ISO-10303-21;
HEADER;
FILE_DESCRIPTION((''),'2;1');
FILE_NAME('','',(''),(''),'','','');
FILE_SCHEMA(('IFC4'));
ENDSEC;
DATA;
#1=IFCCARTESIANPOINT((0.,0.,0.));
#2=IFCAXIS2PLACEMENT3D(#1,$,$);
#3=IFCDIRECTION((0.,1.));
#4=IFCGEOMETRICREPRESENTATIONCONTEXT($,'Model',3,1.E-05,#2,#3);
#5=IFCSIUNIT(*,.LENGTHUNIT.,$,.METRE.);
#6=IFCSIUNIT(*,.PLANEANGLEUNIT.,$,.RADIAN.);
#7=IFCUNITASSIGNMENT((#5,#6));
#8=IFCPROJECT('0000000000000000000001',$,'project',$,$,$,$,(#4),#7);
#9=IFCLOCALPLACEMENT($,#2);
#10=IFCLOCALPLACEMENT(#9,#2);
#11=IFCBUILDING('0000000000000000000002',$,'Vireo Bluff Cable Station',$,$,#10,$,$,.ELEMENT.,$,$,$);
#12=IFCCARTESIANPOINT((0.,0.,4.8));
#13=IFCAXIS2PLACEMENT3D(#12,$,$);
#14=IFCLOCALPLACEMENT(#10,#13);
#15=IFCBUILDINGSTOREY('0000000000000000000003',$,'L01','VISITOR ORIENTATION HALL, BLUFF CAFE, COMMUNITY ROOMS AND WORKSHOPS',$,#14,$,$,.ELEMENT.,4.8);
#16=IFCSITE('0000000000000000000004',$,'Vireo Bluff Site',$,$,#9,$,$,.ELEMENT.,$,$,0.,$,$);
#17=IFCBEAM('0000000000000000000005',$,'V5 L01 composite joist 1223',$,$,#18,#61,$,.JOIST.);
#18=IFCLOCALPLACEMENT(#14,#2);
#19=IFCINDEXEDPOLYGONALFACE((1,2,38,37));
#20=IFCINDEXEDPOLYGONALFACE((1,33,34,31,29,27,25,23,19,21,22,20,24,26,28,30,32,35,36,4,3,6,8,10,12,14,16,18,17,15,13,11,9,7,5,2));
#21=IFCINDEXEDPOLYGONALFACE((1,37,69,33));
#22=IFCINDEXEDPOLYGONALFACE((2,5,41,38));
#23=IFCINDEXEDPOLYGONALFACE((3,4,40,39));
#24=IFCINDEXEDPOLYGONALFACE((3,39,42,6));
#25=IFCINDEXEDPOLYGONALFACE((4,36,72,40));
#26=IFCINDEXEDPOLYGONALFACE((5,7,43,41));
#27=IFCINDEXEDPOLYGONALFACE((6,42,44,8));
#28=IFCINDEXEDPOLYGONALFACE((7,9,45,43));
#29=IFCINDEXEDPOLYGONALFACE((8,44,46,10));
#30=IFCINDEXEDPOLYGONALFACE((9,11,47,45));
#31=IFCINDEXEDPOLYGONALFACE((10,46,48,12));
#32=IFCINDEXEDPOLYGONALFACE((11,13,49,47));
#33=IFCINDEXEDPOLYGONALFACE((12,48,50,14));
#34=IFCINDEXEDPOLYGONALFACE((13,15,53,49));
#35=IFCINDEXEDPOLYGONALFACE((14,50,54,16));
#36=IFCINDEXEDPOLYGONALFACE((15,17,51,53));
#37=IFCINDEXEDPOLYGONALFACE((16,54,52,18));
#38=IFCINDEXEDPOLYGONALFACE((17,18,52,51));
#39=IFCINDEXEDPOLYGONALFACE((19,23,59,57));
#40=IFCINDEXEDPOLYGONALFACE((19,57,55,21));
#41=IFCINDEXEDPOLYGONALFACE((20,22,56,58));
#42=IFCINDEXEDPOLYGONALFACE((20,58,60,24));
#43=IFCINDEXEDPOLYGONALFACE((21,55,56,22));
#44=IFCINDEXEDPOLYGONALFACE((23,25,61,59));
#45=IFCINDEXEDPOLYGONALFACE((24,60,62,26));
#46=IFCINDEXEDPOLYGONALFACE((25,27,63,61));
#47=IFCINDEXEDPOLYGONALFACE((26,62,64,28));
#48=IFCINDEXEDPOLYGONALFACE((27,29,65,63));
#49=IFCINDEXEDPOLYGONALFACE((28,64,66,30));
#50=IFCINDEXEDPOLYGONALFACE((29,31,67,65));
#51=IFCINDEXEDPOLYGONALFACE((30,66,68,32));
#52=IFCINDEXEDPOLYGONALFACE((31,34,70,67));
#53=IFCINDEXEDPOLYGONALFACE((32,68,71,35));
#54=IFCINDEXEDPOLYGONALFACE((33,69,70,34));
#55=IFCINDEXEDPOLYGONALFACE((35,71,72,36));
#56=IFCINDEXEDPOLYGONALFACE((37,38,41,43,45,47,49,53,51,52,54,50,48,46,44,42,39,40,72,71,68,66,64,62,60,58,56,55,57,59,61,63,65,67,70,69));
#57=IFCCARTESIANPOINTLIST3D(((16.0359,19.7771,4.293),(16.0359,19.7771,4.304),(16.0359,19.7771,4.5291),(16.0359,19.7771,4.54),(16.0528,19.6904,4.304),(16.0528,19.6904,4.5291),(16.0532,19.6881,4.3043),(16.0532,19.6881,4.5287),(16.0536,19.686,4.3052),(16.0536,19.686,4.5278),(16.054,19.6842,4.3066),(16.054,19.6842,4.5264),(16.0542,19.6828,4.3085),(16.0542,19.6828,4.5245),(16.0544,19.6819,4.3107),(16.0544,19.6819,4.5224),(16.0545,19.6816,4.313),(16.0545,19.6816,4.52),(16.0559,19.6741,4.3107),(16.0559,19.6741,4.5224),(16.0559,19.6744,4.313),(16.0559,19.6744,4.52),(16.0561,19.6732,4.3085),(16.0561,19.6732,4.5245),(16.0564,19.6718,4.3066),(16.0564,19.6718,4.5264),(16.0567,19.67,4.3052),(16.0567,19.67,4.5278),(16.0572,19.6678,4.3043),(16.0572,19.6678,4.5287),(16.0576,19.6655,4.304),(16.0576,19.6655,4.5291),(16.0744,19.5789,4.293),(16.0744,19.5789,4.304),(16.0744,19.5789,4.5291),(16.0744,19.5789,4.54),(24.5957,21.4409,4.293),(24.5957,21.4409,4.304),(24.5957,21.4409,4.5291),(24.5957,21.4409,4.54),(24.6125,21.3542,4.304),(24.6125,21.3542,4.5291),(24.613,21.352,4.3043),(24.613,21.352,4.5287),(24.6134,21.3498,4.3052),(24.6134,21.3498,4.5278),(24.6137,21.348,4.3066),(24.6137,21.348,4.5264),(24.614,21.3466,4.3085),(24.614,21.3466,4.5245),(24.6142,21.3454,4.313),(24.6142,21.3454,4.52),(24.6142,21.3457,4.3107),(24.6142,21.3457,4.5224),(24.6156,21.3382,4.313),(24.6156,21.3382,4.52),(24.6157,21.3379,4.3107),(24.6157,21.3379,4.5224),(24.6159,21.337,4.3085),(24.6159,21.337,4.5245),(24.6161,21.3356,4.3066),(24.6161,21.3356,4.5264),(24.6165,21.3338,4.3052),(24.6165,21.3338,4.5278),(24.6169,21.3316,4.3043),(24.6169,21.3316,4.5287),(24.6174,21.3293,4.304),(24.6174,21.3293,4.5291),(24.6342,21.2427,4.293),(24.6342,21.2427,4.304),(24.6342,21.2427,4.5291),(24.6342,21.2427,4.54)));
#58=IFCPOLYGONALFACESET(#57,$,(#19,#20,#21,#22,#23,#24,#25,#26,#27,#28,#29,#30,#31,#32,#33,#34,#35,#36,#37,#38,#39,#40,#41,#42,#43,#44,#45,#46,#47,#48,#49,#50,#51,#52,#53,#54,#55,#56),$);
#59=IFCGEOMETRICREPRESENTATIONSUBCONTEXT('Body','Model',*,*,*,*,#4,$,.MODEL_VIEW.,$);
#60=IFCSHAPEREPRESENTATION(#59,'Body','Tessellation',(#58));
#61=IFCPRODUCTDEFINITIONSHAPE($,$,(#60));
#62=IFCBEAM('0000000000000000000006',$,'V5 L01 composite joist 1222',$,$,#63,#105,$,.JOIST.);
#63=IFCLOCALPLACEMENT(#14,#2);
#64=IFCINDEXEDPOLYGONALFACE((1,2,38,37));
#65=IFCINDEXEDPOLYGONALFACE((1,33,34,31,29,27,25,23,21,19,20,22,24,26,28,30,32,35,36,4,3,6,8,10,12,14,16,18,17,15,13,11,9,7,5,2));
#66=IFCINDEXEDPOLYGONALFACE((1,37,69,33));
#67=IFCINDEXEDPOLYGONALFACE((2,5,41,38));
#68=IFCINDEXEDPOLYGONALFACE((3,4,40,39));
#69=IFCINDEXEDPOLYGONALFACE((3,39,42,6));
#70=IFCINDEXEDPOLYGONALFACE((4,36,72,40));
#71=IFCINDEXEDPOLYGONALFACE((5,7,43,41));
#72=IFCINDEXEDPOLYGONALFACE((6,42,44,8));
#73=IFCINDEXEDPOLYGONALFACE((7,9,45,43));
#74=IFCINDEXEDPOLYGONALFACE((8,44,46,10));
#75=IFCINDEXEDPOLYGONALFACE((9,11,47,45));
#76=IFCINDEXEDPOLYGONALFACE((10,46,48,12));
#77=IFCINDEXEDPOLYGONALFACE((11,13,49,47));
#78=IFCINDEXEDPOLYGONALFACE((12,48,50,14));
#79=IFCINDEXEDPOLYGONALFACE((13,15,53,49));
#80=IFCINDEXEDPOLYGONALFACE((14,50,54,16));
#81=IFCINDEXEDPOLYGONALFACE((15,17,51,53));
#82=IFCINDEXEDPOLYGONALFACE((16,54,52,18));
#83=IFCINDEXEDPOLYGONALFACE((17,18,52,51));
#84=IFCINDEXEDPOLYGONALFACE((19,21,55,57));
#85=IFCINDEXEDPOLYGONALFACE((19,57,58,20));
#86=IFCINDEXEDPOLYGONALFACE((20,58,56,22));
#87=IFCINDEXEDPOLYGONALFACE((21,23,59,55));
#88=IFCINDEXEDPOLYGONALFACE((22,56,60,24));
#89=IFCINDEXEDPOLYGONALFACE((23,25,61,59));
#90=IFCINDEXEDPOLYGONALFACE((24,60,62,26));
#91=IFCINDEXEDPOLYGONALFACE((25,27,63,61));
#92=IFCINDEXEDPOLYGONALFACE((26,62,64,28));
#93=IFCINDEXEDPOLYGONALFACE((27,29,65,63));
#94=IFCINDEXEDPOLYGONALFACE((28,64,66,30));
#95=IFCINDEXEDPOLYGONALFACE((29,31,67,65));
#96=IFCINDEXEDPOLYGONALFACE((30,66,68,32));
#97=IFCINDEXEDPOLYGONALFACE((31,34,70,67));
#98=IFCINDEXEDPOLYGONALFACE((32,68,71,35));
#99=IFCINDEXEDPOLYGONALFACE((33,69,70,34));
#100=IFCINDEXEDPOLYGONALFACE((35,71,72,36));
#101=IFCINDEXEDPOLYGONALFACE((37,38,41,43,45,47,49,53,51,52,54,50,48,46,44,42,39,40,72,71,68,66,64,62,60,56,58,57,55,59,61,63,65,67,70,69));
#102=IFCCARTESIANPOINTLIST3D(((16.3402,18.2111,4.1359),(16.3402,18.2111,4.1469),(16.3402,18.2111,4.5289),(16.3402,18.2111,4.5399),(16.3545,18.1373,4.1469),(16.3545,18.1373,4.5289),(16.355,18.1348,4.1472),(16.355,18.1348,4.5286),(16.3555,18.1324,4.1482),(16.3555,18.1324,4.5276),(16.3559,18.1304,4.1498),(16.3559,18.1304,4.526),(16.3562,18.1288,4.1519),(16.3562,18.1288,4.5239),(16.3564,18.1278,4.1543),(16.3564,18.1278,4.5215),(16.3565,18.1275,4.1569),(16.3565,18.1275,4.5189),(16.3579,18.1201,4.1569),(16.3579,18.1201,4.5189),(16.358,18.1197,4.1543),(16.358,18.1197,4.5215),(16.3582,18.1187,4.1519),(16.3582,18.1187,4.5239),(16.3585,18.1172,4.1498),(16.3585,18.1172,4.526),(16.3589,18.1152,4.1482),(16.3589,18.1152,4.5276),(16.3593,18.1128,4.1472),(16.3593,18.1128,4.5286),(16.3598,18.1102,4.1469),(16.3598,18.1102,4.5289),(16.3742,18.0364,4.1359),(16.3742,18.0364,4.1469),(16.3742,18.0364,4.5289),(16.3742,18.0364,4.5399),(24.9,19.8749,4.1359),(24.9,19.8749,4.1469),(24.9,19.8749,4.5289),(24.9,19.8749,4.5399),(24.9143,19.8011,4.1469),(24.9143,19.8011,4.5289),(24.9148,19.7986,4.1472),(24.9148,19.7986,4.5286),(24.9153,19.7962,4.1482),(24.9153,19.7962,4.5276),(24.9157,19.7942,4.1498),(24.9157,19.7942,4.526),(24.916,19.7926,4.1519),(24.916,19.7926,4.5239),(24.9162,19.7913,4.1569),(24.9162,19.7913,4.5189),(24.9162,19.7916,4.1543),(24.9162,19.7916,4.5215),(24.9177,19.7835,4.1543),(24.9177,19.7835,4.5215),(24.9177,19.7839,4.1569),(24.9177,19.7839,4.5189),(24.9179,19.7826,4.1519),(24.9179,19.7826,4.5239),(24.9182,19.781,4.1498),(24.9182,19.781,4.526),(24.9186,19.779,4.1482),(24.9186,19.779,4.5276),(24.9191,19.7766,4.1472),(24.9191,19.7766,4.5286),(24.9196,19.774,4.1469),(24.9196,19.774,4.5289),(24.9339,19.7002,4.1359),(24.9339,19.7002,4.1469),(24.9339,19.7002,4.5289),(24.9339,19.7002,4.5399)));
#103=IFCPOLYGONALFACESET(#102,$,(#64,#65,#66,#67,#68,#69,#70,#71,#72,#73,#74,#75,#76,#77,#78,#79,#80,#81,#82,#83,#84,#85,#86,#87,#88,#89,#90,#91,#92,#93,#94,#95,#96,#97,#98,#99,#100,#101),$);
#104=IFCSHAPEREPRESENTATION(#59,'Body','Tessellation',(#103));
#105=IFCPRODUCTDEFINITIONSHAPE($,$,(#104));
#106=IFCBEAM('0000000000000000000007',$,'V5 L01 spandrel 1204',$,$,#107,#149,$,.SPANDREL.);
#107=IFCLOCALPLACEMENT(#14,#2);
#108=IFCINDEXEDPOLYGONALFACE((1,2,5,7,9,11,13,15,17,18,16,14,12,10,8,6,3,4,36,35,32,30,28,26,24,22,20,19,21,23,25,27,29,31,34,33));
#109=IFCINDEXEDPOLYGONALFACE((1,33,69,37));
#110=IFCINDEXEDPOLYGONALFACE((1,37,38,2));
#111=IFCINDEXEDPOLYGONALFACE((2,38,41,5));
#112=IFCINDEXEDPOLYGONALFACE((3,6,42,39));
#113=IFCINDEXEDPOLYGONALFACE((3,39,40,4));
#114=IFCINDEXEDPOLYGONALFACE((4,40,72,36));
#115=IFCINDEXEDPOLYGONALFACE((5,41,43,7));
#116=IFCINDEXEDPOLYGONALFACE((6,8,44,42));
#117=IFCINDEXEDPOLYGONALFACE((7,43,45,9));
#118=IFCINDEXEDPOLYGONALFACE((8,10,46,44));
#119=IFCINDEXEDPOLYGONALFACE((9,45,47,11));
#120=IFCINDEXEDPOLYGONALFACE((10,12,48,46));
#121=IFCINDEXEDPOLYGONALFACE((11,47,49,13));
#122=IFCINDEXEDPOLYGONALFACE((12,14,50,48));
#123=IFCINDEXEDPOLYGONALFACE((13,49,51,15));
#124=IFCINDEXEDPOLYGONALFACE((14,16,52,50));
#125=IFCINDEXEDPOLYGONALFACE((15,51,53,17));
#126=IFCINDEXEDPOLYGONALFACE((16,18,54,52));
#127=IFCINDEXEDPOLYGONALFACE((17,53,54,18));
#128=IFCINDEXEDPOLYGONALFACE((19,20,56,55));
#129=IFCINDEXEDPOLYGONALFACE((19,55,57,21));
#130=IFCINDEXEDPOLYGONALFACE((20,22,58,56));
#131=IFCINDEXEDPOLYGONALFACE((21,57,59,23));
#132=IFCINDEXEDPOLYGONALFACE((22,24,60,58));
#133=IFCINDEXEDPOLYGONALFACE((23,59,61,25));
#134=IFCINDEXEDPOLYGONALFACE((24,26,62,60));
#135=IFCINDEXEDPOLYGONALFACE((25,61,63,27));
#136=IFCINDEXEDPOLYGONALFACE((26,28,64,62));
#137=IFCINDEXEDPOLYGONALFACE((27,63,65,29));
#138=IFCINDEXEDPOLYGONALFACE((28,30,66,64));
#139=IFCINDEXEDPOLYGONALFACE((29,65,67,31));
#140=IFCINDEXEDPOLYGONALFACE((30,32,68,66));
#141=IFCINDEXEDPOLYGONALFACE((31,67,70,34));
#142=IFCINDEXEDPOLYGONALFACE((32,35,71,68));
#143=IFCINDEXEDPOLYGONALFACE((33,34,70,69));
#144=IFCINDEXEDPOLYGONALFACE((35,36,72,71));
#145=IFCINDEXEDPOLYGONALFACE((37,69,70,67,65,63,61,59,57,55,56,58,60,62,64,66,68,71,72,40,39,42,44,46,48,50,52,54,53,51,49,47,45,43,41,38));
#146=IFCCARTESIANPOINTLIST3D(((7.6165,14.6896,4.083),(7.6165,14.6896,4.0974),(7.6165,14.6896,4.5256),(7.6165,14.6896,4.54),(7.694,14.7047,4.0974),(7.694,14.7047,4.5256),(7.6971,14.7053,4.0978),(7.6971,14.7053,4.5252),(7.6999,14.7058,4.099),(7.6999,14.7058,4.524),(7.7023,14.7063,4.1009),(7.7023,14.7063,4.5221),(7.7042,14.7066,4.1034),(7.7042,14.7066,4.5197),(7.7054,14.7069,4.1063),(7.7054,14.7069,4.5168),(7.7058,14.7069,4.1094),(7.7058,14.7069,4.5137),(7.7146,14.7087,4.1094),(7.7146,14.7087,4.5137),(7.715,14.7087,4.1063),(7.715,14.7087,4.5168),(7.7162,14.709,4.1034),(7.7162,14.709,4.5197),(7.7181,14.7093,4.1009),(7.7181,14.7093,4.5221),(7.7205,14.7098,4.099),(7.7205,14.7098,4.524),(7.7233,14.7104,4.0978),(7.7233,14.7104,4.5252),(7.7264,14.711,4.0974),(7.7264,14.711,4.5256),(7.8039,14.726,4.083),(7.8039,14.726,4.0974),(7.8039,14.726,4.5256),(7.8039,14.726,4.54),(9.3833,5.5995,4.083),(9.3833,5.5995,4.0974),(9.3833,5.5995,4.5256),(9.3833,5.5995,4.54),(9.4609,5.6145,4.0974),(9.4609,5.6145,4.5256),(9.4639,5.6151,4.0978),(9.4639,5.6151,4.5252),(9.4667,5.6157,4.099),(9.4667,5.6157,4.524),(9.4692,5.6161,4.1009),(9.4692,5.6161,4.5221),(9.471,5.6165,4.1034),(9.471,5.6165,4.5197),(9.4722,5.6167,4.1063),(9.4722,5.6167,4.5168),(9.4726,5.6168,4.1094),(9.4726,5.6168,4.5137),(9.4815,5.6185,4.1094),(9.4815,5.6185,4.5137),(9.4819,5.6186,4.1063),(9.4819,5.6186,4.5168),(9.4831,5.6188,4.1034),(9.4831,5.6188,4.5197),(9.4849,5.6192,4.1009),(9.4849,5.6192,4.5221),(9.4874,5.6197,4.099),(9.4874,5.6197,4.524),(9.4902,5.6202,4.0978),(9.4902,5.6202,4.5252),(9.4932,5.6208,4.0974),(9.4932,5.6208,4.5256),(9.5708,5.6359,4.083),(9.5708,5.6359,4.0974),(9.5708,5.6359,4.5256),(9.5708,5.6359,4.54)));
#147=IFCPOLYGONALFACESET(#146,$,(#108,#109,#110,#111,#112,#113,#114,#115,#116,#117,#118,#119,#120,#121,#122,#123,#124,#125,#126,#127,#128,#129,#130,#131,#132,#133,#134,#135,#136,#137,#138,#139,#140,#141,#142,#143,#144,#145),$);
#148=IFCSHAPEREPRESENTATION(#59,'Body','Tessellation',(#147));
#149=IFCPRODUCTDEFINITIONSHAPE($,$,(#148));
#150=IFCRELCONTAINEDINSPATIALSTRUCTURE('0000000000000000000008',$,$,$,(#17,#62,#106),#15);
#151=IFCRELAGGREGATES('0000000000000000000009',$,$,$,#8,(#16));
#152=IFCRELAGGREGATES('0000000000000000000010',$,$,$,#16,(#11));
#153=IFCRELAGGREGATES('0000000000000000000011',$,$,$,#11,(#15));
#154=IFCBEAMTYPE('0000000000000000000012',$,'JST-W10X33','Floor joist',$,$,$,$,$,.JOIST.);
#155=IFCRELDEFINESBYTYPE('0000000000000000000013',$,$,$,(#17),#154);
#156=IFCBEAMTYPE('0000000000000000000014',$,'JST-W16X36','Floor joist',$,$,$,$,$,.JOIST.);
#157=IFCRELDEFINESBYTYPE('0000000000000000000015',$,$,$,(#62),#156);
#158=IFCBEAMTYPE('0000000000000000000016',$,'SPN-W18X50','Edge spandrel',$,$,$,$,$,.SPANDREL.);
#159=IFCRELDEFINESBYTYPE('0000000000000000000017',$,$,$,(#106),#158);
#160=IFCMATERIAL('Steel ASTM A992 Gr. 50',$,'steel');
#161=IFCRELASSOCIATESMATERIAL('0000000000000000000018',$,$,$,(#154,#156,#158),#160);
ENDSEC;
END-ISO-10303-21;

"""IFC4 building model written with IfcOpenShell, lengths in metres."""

from ifc_helpers import new_model, si_unit, direction, frame, origin, origin_2d, place, context, subcontext, project, spatial, i_section, extrude, material, material_profile, profile_set, type_object, element, save


model = new_model("IFC4")

# Units and contexts
model_context = context("Model", 3, precision=1e-05, world=origin(), true_north=direction((0.0, 1.0)))
body_context = subcontext(model_context, "Body", "Model", "MODEL_VIEW")
ifc_project = project(units=[si_unit("LENGTHUNIT", "METRE"), si_unit("PLANEANGLEUNIT", "RADIAN")], contexts=[model_context])

# Site, building, storey
site_placement = place(None, origin())
site = spatial("IfcSite", under=ifc_project, at=site_placement, Name="Vireo Bluff Site", CompositionType="ELEMENT", RefElevation=0.0)
building_placement = place(site_placement, origin())
building = spatial("IfcBuilding", under=site, at=building_placement, Name="Vireo Bluff Cable Station", CompositionType="ELEMENT")
storey_placement = place(building_placement, frame((0.0, 0.0, 4.8)))
storey = spatial("IfcBuildingStorey", under=building, at=storey_placement, Name="L01", Description="VISITOR ORIENTATION HALL, BLUFF CAFE, COMMUNITY ROOMS AND WORKSHOPS", CompositionType="ELEMENT", Elevation=4.8)

# Shared definitions
ifc_material_1 = material(Name="Steel ASTM A992 Gr. 50", Category="steel")

# Beams
ifc_material_profile_1 = material_profile(ifc_material_1, i_section(OverallWidth=0.2019, OverallDepth=0.2471, WebThickness=0.0073, FlangeThickness=0.011, FilletRadius=0.009, at=origin_2d()), Name="W10X33")
ifc_profile_set_1 = profile_set([ifc_material_profile_1], Name="Steel ASTM A992 Gr. 50")
beam_type_1 = type_object("IfcBeamType", Name="JST-W10X33", Description="Floor joist", PredefinedType="JOIST", material=ifc_profile_set_1)
beam_1_placement = place(storey_placement, frame((16.0552, 19.678, 4.4165), z_axis=(0.981628, 0.190804, 0.0), x_axis=(-0.190804, 0.981628, 0.0)))
element("IfcBeam", 1, at=beam_1_placement, inside=storey, type_object=beam_type_1, Name="V5 L01 composite joist 1223", PredefinedType="JOIST", context=body_context, shape_type="SweptSolid", body=[
    extrude(i_section(OverallWidth=0.2019, OverallDepth=0.2471, WebThickness=0.0073, FlangeThickness=0.011, FilletRadius=0.009, at=origin_2d()), origin(), (0.0, 0.0, 1.0), 8.72),
])
ifc_material_profile_2 = material_profile(ifc_material_1, i_section(OverallWidth=0.178, OverallDepth=0.4041, WebThickness=0.0076, FlangeThickness=0.011, FilletRadius=0.01, at=origin_2d()), Name="W16X36")
ifc_profile_set_2 = profile_set([ifc_material_profile_2], Name="Steel ASTM A992 Gr. 50")
beam_type_2 = type_object("IfcBeamType", Name="JST-W16X36", Description="Floor joist", PredefinedType="JOIST", material=ifc_profile_set_2)
beam_2_placement = place(storey_placement, frame((16.3572, 18.1238, 4.3379), z_axis=(0.981628, 0.190804, 0.0), x_axis=(-0.190804, 0.981628, 0.0)))
element("IfcBeam", 2, at=beam_2_placement, inside=storey, type_object=beam_type_2, Name="V5 L01 composite joist 1222", PredefinedType="JOIST", context=body_context, shape_type="SweptSolid", body=[
    extrude(i_section(OverallWidth=0.178, OverallDepth=0.4041, WebThickness=0.0076, FlangeThickness=0.011, FilletRadius=0.01, at=origin_2d()), origin(), (0.0, 0.0, 1.0), 8.72),
])
ifc_material_profile_3 = material_profile(ifc_material_1, i_section(OverallWidth=0.1909, OverallDepth=0.457, WebThickness=0.009, FlangeThickness=0.0144, FilletRadius=0.012, at=origin_2d()), Name="W18X50")
ifc_profile_set_3 = profile_set([ifc_material_profile_3], Name="Steel ASTM A992 Gr. 50")
beam_type_3 = type_object("IfcBeamType", Name="SPN-W18X50", Description="Edge spandrel", PredefinedType="SPANDREL", material=ifc_profile_set_3)
beam_3_placement = place(storey_placement, frame((9.4771, 5.6177, 4.3115), z_axis=(-0.1908, 0.981629, 0.0), x_axis=(-0.981629, -0.1908, 0.0)))
element("IfcBeam", 3, at=beam_3_placement, inside=storey, type_object=beam_type_3, Name="V5 L01 spandrel 1204", PredefinedType="SPANDREL", context=body_context, shape_type="SweptSolid", body=[
    extrude(i_section(OverallWidth=0.1909, OverallDepth=0.457, WebThickness=0.009, FlangeThickness=0.0144, FilletRadius=0.012, at=origin_2d()), origin(), (0.0, 0.0, 1.0), 9.2603),
])

save(model, "model.ifc")
